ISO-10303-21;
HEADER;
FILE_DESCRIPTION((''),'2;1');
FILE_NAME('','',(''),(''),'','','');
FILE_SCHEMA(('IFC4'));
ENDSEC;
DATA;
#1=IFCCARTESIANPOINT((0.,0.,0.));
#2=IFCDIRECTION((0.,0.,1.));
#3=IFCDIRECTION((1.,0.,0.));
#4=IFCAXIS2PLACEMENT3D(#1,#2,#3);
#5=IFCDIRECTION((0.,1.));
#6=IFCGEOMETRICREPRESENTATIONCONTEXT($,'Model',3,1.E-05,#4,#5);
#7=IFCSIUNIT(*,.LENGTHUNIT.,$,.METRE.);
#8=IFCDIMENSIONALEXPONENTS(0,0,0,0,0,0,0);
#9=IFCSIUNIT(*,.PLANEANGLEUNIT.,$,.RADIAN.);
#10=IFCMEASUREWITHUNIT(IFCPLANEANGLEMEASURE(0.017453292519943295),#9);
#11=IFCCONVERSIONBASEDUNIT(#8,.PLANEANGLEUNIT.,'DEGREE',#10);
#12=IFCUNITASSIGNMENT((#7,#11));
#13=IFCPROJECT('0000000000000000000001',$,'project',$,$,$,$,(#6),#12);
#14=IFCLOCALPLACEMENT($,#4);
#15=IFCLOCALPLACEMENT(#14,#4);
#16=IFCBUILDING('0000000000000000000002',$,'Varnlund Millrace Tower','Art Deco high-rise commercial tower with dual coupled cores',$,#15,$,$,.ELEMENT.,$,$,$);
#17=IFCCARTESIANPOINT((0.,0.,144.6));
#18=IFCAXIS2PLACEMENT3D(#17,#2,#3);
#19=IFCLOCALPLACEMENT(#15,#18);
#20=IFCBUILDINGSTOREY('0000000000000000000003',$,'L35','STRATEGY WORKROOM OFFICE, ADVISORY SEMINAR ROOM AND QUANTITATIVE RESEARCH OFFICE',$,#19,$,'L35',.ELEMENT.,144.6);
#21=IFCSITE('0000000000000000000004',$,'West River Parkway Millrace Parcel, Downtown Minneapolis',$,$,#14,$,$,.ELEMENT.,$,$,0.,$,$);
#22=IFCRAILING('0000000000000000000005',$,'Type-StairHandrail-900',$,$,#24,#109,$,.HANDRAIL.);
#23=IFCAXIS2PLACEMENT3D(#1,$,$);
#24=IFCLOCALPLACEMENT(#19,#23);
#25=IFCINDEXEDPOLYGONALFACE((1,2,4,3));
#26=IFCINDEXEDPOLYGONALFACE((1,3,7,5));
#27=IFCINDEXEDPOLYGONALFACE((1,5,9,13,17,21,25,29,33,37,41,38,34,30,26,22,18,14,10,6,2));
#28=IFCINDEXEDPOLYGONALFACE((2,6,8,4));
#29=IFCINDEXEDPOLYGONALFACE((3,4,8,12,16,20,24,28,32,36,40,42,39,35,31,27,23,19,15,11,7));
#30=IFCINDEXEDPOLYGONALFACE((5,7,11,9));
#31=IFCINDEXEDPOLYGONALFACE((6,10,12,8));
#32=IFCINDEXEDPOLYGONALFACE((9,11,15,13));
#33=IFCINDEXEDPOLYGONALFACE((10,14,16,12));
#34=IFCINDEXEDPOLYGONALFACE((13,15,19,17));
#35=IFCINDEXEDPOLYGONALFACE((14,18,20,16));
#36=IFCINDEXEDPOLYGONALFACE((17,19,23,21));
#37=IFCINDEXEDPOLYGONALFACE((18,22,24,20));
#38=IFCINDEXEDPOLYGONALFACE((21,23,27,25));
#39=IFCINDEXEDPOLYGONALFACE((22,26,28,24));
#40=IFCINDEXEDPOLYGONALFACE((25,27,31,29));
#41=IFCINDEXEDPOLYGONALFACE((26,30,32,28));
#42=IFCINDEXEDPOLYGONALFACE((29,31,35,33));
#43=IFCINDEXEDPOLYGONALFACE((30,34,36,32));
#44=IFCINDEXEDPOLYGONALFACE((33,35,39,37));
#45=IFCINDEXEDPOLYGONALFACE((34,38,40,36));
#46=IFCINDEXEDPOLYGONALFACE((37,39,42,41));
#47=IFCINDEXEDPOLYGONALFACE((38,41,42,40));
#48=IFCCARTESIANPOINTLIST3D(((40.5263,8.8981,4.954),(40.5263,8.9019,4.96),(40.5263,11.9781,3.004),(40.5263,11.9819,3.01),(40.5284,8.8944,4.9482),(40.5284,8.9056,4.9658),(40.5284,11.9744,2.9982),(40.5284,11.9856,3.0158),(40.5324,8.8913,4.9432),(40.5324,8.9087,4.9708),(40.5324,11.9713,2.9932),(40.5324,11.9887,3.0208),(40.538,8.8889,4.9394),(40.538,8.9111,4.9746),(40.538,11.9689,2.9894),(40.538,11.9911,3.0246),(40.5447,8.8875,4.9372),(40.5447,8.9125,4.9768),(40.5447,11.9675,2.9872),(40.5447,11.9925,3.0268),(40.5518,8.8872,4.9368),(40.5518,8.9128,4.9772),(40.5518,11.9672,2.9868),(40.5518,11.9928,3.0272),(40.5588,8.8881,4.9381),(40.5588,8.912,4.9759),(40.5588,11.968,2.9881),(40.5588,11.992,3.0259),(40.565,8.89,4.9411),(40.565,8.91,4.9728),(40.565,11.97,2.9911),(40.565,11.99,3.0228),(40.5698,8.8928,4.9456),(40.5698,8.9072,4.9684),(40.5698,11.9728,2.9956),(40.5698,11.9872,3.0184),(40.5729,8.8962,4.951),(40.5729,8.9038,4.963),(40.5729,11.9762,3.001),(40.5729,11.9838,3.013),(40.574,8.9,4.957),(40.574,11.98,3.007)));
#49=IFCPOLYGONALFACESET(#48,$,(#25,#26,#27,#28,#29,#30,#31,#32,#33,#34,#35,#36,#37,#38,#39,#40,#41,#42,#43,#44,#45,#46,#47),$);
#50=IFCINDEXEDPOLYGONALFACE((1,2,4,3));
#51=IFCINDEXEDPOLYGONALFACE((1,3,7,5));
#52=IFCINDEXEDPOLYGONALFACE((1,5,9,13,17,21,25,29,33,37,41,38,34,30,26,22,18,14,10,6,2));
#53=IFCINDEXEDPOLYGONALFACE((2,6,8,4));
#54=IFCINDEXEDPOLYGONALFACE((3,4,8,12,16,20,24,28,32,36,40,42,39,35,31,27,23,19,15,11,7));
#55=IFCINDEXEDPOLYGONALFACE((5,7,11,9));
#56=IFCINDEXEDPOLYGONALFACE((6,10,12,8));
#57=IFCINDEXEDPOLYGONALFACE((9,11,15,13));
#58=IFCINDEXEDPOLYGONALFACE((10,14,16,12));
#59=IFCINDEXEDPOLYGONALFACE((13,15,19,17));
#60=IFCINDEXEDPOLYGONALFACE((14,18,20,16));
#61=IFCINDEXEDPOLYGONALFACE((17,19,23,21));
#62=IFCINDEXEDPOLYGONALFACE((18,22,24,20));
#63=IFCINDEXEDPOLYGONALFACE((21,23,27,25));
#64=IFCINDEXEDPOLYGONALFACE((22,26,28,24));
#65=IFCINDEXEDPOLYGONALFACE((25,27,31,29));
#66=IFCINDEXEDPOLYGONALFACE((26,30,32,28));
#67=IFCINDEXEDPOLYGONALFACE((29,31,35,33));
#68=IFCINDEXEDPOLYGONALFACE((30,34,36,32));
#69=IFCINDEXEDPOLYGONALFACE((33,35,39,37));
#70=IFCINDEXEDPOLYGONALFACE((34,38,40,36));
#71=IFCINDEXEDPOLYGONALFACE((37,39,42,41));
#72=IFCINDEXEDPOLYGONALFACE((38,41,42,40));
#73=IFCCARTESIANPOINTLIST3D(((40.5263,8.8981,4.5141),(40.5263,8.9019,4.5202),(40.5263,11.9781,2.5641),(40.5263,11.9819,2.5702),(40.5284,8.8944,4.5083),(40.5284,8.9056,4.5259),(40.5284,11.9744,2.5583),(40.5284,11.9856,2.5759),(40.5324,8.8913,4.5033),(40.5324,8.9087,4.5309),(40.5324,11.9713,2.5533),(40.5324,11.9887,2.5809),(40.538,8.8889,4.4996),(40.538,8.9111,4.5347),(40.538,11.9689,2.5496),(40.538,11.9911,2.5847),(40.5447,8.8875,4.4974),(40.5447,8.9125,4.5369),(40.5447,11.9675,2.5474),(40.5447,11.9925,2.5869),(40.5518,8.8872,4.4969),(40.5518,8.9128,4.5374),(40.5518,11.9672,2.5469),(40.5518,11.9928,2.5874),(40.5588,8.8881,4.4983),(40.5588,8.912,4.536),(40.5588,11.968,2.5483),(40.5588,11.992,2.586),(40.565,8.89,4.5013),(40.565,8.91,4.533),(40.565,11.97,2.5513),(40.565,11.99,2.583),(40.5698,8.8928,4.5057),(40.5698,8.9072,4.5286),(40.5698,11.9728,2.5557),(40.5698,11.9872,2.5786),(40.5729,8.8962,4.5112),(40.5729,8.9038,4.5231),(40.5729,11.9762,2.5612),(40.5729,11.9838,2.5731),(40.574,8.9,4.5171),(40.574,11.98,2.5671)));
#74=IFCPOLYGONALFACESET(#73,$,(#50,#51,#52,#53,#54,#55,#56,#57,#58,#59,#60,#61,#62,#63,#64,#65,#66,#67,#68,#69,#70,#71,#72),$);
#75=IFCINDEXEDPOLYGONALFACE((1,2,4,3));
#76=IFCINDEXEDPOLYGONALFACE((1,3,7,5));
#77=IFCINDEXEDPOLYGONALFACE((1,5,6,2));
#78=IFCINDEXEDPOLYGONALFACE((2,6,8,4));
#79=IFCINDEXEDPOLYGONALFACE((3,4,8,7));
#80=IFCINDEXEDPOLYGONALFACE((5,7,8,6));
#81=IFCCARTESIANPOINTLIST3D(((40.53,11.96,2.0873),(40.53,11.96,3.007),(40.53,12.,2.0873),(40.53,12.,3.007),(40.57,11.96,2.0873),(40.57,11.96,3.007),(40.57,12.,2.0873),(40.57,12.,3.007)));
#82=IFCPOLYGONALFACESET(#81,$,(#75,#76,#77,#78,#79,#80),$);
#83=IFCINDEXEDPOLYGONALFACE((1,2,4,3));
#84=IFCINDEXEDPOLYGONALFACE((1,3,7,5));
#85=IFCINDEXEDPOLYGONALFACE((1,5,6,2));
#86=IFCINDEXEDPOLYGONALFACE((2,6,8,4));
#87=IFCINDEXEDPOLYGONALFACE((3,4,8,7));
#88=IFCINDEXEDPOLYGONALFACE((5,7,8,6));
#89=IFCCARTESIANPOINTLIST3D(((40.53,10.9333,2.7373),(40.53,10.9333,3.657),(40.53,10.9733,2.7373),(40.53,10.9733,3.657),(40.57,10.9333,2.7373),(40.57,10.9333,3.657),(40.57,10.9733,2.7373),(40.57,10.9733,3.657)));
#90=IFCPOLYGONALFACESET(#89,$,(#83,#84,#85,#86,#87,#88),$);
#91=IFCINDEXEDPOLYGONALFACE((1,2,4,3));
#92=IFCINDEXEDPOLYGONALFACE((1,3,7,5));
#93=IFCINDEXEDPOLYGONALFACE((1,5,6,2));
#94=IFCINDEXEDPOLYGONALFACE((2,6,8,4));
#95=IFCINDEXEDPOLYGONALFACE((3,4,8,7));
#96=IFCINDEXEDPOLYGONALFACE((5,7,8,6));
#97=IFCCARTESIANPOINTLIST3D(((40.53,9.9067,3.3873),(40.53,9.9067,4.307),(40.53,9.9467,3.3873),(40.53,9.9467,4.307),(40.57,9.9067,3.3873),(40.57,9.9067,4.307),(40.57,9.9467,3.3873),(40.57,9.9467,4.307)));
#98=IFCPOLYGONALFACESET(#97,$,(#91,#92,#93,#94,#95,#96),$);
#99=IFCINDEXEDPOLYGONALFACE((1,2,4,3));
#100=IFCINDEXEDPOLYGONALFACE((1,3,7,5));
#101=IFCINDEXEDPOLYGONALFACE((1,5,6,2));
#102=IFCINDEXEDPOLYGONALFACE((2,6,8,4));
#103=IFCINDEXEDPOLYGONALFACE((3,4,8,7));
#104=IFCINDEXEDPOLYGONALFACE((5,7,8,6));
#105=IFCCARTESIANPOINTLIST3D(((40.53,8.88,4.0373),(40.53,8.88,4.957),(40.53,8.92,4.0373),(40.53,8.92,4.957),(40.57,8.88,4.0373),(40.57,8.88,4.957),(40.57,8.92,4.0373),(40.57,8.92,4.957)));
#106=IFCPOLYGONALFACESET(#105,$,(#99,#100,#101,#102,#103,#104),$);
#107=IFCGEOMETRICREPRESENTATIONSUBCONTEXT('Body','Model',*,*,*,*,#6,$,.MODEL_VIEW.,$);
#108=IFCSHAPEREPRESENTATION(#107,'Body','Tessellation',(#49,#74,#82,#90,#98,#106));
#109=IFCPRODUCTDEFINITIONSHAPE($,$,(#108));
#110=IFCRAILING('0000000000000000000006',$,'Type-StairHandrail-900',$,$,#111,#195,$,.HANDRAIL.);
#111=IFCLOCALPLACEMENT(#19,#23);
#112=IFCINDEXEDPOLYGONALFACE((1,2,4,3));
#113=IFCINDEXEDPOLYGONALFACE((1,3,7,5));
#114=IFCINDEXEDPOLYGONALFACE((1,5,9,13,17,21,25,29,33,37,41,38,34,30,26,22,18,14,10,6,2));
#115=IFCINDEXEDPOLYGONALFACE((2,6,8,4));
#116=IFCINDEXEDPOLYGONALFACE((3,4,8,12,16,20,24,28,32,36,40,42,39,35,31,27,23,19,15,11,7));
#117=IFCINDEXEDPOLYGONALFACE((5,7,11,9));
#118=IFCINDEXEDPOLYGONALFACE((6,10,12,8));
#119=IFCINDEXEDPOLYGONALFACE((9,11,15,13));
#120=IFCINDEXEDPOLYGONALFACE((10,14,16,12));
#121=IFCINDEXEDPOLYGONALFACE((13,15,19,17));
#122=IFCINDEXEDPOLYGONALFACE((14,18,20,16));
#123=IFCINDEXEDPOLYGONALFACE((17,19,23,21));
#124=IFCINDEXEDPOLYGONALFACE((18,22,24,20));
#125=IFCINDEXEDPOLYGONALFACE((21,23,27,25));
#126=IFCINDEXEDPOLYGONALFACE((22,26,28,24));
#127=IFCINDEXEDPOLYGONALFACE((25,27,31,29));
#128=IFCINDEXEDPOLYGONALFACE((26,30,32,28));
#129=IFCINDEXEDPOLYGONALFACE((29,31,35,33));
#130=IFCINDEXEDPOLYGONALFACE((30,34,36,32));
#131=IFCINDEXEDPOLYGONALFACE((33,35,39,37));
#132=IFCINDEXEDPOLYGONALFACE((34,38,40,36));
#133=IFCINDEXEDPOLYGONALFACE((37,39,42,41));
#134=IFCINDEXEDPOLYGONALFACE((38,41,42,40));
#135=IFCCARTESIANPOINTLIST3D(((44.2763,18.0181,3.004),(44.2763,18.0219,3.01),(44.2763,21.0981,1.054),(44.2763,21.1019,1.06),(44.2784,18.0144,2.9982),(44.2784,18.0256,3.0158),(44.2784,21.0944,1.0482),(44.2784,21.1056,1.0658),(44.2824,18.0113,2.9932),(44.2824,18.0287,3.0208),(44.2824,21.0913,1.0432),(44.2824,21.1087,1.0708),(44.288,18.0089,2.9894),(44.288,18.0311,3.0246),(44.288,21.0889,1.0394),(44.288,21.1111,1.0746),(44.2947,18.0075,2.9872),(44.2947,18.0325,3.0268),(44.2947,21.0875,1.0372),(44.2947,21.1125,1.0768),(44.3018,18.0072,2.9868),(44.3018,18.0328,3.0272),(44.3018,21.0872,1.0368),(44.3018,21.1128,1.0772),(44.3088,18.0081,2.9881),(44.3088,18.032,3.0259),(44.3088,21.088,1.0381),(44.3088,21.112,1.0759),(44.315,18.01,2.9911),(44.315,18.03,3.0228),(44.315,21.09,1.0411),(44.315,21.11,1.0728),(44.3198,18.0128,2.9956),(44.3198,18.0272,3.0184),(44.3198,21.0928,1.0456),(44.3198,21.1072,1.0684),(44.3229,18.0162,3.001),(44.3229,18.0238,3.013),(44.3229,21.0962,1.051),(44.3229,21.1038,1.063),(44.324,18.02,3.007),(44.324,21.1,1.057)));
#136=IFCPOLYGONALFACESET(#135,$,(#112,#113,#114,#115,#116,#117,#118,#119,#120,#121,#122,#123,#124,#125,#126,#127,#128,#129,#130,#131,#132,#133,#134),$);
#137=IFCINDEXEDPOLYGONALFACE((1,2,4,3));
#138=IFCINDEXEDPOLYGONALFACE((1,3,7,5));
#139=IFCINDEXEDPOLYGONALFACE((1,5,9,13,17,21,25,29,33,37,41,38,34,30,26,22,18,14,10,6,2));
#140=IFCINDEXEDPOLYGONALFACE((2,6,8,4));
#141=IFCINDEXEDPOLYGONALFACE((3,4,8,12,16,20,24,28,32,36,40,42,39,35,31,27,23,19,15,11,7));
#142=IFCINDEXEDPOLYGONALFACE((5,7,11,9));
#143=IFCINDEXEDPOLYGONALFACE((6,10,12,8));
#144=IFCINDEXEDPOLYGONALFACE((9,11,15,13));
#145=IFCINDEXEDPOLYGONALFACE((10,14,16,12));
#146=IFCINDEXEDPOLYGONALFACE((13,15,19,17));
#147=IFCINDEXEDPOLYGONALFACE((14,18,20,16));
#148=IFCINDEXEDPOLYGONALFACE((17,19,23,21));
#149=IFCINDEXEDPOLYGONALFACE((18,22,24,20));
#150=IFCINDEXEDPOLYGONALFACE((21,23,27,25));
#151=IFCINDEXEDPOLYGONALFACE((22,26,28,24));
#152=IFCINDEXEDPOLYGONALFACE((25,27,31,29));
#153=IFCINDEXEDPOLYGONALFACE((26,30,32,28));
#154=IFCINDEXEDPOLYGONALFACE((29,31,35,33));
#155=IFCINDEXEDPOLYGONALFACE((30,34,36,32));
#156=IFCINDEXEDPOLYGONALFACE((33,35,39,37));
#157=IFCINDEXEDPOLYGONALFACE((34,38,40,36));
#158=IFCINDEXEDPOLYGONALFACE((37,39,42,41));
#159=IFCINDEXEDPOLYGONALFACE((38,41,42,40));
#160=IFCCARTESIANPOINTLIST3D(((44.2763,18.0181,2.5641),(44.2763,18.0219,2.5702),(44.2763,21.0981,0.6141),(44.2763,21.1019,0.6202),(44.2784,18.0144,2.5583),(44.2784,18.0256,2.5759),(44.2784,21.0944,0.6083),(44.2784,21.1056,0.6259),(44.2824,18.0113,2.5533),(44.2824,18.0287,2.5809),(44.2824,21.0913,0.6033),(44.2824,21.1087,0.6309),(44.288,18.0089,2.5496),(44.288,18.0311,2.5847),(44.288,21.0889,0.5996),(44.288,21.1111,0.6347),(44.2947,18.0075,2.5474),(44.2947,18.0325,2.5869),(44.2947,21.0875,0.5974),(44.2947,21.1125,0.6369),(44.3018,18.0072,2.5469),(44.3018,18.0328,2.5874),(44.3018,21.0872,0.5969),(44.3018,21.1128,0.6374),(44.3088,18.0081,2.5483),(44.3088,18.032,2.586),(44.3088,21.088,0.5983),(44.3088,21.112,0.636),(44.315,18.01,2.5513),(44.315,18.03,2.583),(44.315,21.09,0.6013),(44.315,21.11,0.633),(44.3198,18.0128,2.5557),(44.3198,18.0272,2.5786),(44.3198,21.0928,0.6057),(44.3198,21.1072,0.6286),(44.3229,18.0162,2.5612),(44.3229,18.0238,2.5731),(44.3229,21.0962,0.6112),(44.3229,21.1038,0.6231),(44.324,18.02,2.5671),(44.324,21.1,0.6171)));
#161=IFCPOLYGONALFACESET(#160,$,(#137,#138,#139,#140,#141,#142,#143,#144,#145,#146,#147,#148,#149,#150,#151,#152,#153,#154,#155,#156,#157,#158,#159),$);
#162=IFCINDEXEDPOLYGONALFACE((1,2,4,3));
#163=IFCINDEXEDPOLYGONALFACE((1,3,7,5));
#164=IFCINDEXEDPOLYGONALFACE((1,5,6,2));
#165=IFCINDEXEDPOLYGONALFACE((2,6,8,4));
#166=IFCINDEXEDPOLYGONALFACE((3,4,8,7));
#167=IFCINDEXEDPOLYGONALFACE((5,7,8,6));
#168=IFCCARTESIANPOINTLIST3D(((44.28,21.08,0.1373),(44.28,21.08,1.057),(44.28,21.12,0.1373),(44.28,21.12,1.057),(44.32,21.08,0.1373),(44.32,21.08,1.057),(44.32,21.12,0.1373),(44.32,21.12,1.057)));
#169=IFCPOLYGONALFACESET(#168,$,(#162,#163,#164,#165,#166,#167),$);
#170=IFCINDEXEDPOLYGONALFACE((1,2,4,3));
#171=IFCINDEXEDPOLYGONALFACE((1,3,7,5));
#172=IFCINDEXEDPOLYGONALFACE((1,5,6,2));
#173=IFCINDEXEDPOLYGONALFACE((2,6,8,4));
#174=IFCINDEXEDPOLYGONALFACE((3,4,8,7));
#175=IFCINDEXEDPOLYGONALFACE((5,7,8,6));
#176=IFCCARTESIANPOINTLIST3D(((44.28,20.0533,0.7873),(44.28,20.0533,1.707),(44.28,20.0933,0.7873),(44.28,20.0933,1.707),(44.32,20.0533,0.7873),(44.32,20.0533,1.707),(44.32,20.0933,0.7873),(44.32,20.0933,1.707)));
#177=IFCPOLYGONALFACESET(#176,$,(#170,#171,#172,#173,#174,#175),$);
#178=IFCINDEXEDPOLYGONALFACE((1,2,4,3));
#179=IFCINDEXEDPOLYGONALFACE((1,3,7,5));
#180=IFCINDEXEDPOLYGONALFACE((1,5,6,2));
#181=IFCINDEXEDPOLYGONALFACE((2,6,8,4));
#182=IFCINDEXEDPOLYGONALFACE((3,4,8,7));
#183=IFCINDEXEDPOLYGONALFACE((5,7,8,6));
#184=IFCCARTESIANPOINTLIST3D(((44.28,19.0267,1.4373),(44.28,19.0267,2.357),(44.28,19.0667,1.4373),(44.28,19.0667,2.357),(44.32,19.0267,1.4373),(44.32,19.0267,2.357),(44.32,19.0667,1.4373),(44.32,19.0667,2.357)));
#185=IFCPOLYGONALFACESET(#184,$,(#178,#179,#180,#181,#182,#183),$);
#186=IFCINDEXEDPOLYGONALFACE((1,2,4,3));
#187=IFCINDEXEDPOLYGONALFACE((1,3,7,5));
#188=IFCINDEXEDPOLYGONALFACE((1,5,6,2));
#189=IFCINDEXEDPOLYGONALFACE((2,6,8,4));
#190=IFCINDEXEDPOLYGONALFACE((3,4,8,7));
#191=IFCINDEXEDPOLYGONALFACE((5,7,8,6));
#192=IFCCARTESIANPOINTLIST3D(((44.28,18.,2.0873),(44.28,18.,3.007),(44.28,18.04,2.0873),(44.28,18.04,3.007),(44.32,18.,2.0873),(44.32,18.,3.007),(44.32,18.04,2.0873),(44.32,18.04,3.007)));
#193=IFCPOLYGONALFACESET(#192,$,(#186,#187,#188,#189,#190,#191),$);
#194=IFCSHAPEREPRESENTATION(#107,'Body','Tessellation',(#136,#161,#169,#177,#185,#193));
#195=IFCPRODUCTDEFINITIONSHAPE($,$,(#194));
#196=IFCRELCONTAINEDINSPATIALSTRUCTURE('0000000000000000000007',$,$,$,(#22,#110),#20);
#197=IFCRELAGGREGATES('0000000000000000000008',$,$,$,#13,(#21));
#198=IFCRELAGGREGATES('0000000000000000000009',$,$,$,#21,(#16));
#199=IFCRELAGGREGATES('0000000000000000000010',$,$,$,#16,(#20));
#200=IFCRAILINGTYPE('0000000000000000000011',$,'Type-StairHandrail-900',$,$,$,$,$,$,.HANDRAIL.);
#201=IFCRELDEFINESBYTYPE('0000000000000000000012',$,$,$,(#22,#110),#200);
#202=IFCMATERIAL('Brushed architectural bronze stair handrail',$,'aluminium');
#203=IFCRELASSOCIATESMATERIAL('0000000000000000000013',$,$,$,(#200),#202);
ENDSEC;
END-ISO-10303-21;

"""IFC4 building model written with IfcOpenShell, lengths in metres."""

from ifc_helpers import new_model, entity, si_unit, converted_unit, direction, frame, origin_with_axes, origin_2d_with_axis, place, context, subcontext, project, spatial, rectangle, circle, extrude, material, type_object, element, save


model = new_model("IFC4")

# Units and contexts
model_context = context("Model", 3, precision=1e-05, world=origin_with_axes(), true_north=direction((0.0, 1.0)))
body_context = subcontext(model_context, "Body", "Model", "MODEL_VIEW")
ifc_project = project(units=[si_unit("LENGTHUNIT", "METRE"), converted_unit("PLANEANGLEUNIT", "DEGREE", entity("IfcPlaneAngleMeasure", 0.017453292519943295), si_unit("PLANEANGLEUNIT", "RADIAN"), dimensions=[0, 0, 0, 0, 0, 0, 0])], contexts=[model_context])

# Site, building, storey
site_placement = place(None, origin_with_axes())
site = spatial("IfcSite", under=ifc_project, at=site_placement, Name="West River Parkway Millrace Parcel, Downtown Minneapolis", CompositionType="ELEMENT", RefElevation=0.0)
building_placement = place(site_placement, origin_with_axes())
building = spatial("IfcBuilding", under=site, at=building_placement, Name="Varnlund Millrace Tower", Description="Art Deco high-rise commercial tower with dual coupled cores", CompositionType="ELEMENT")
storey_placement = place(building_placement, frame((0.0, 0.0, 144.6), z_axis=(0.0, 0.0, 1.0), x_axis=(1.0, 0.0, 0.0)))
storey = spatial("IfcBuildingStorey", under=building, at=storey_placement, Name="L35", Description="STRATEGY WORKROOM OFFICE, ADVISORY SEMINAR ROOM AND QUANTITATIVE RESEARCH OFFICE", LongName="L35", CompositionType="ELEMENT", Elevation=144.6)

# Railings
ifc_material_1 = material(Name="Brushed architectural bronze stair handrail", Category="aluminium")
railing_type_1 = type_object("IfcRailingType", Name="Type-StairHandrail-900", PredefinedType="HANDRAIL", material=ifc_material_1)
railing_1_placement = place(storey_placement, frame((0.0, 0.0, -144.6), z_axis=(0.0, 0.0, 1.0), x_axis=(1.0, 0.0, 0.0)))
element("IfcRailing", 1, at=railing_1_placement, inside=storey, type_object=railing_type_1, Name="Type-StairHandrail-900", PredefinedType="HANDRAIL", context=body_context, shape_type="SweptSolid", body=[
    extrude(circle(Radius=0.024, at=origin_2d_with_axis()), frame((40.55, 11.98, 147.607), z_axis=(0.0, -0.844902, 0.534922), x_axis=(1.0, 0.0, 0.0)), (0.0, 0.0, 1.0), 3.6454),
    extrude(circle(Radius=0.024, at=origin_2d_with_axis()), frame((40.55, 11.98, 147.1671), z_axis=(0.0, -0.844902, 0.534922), x_axis=(1.0, 0.0, 0.0)), (0.0, 0.0, 1.0), 3.6454),
    extrude(rectangle(XDim=0.04, YDim=0.04, at=origin_2d_with_axis()), frame((40.55, 11.98, 146.6873), z_axis=(0.0, 0.0, 1.0), x_axis=(1.0, 0.0, 0.0)), (0.0, 0.0, 1.0), 0.9197),
    extrude(rectangle(XDim=0.04, YDim=0.04, at=origin_2d_with_axis()), frame((40.55, 10.9533, 147.3373), z_axis=(0.0, 0.0, 1.0), x_axis=(1.0, 0.0, 0.0)), (0.0, 0.0, 1.0), 0.9197),
    extrude(rectangle(XDim=0.04, YDim=0.04, at=origin_2d_with_axis()), frame((40.55, 9.9267, 147.9873), z_axis=(0.0, 0.0, 1.0), x_axis=(1.0, 0.0, 0.0)), (0.0, 0.0, 1.0), 0.9197),
    extrude(rectangle(XDim=0.04, YDim=0.04, at=origin_2d_with_axis()), frame((40.55, 8.9, 148.6373), z_axis=(0.0, 0.0, 1.0), x_axis=(1.0, 0.0, 0.0)), (0.0, 0.0, 1.0), 0.9197),
])
railing_2_placement = place(storey_placement, frame((0.0, 0.0, -144.6), z_axis=(0.0, 0.0, 1.0), x_axis=(1.0, 0.0, 0.0)))
element("IfcRailing", 2, at=railing_2_placement, inside=storey, type_object=railing_type_1, Name="Type-StairHandrail-900", PredefinedType="HANDRAIL", context=body_context, shape_type="SweptSolid", body=[
    extrude(circle(Radius=0.024, at=origin_2d_with_axis()), frame((44.3, 21.1, 145.657), z_axis=(0.0, -0.844902, 0.534922), x_axis=(1.0, 0.0, 0.0)), (0.0, 0.0, 1.0), 3.6454),
    extrude(circle(Radius=0.024, at=origin_2d_with_axis()), frame((44.3, 21.1, 145.2171), z_axis=(0.0, -0.844902, 0.534922), x_axis=(1.0, 0.0, 0.0)), (0.0, 0.0, 1.0), 3.6454),
    extrude(rectangle(XDim=0.04, YDim=0.04, at=origin_2d_with_axis()), frame((44.3, 21.1, 144.7373), z_axis=(0.0, 0.0, 1.0), x_axis=(1.0, 0.0, 0.0)), (0.0, 0.0, 1.0), 0.9197),
    extrude(rectangle(XDim=0.04, YDim=0.04, at=origin_2d_with_axis()), frame((44.3, 20.0733, 145.3873), z_axis=(0.0, 0.0, 1.0), x_axis=(1.0, 0.0, 0.0)), (0.0, 0.0, 1.0), 0.9197),
    extrude(rectangle(XDim=0.04, YDim=0.04, at=origin_2d_with_axis()), frame((44.3, 19.0467, 146.0373), z_axis=(0.0, 0.0, 1.0), x_axis=(1.0, 0.0, 0.0)), (0.0, 0.0, 1.0), 0.9197),
    extrude(rectangle(XDim=0.04, YDim=0.04, at=origin_2d_with_axis()), frame((44.3, 18.02, 146.6873), z_axis=(0.0, 0.0, 1.0), x_axis=(1.0, 0.0, 0.0)), (0.0, 0.0, 1.0), 0.9197),
])

save(model, "model.ifc")
